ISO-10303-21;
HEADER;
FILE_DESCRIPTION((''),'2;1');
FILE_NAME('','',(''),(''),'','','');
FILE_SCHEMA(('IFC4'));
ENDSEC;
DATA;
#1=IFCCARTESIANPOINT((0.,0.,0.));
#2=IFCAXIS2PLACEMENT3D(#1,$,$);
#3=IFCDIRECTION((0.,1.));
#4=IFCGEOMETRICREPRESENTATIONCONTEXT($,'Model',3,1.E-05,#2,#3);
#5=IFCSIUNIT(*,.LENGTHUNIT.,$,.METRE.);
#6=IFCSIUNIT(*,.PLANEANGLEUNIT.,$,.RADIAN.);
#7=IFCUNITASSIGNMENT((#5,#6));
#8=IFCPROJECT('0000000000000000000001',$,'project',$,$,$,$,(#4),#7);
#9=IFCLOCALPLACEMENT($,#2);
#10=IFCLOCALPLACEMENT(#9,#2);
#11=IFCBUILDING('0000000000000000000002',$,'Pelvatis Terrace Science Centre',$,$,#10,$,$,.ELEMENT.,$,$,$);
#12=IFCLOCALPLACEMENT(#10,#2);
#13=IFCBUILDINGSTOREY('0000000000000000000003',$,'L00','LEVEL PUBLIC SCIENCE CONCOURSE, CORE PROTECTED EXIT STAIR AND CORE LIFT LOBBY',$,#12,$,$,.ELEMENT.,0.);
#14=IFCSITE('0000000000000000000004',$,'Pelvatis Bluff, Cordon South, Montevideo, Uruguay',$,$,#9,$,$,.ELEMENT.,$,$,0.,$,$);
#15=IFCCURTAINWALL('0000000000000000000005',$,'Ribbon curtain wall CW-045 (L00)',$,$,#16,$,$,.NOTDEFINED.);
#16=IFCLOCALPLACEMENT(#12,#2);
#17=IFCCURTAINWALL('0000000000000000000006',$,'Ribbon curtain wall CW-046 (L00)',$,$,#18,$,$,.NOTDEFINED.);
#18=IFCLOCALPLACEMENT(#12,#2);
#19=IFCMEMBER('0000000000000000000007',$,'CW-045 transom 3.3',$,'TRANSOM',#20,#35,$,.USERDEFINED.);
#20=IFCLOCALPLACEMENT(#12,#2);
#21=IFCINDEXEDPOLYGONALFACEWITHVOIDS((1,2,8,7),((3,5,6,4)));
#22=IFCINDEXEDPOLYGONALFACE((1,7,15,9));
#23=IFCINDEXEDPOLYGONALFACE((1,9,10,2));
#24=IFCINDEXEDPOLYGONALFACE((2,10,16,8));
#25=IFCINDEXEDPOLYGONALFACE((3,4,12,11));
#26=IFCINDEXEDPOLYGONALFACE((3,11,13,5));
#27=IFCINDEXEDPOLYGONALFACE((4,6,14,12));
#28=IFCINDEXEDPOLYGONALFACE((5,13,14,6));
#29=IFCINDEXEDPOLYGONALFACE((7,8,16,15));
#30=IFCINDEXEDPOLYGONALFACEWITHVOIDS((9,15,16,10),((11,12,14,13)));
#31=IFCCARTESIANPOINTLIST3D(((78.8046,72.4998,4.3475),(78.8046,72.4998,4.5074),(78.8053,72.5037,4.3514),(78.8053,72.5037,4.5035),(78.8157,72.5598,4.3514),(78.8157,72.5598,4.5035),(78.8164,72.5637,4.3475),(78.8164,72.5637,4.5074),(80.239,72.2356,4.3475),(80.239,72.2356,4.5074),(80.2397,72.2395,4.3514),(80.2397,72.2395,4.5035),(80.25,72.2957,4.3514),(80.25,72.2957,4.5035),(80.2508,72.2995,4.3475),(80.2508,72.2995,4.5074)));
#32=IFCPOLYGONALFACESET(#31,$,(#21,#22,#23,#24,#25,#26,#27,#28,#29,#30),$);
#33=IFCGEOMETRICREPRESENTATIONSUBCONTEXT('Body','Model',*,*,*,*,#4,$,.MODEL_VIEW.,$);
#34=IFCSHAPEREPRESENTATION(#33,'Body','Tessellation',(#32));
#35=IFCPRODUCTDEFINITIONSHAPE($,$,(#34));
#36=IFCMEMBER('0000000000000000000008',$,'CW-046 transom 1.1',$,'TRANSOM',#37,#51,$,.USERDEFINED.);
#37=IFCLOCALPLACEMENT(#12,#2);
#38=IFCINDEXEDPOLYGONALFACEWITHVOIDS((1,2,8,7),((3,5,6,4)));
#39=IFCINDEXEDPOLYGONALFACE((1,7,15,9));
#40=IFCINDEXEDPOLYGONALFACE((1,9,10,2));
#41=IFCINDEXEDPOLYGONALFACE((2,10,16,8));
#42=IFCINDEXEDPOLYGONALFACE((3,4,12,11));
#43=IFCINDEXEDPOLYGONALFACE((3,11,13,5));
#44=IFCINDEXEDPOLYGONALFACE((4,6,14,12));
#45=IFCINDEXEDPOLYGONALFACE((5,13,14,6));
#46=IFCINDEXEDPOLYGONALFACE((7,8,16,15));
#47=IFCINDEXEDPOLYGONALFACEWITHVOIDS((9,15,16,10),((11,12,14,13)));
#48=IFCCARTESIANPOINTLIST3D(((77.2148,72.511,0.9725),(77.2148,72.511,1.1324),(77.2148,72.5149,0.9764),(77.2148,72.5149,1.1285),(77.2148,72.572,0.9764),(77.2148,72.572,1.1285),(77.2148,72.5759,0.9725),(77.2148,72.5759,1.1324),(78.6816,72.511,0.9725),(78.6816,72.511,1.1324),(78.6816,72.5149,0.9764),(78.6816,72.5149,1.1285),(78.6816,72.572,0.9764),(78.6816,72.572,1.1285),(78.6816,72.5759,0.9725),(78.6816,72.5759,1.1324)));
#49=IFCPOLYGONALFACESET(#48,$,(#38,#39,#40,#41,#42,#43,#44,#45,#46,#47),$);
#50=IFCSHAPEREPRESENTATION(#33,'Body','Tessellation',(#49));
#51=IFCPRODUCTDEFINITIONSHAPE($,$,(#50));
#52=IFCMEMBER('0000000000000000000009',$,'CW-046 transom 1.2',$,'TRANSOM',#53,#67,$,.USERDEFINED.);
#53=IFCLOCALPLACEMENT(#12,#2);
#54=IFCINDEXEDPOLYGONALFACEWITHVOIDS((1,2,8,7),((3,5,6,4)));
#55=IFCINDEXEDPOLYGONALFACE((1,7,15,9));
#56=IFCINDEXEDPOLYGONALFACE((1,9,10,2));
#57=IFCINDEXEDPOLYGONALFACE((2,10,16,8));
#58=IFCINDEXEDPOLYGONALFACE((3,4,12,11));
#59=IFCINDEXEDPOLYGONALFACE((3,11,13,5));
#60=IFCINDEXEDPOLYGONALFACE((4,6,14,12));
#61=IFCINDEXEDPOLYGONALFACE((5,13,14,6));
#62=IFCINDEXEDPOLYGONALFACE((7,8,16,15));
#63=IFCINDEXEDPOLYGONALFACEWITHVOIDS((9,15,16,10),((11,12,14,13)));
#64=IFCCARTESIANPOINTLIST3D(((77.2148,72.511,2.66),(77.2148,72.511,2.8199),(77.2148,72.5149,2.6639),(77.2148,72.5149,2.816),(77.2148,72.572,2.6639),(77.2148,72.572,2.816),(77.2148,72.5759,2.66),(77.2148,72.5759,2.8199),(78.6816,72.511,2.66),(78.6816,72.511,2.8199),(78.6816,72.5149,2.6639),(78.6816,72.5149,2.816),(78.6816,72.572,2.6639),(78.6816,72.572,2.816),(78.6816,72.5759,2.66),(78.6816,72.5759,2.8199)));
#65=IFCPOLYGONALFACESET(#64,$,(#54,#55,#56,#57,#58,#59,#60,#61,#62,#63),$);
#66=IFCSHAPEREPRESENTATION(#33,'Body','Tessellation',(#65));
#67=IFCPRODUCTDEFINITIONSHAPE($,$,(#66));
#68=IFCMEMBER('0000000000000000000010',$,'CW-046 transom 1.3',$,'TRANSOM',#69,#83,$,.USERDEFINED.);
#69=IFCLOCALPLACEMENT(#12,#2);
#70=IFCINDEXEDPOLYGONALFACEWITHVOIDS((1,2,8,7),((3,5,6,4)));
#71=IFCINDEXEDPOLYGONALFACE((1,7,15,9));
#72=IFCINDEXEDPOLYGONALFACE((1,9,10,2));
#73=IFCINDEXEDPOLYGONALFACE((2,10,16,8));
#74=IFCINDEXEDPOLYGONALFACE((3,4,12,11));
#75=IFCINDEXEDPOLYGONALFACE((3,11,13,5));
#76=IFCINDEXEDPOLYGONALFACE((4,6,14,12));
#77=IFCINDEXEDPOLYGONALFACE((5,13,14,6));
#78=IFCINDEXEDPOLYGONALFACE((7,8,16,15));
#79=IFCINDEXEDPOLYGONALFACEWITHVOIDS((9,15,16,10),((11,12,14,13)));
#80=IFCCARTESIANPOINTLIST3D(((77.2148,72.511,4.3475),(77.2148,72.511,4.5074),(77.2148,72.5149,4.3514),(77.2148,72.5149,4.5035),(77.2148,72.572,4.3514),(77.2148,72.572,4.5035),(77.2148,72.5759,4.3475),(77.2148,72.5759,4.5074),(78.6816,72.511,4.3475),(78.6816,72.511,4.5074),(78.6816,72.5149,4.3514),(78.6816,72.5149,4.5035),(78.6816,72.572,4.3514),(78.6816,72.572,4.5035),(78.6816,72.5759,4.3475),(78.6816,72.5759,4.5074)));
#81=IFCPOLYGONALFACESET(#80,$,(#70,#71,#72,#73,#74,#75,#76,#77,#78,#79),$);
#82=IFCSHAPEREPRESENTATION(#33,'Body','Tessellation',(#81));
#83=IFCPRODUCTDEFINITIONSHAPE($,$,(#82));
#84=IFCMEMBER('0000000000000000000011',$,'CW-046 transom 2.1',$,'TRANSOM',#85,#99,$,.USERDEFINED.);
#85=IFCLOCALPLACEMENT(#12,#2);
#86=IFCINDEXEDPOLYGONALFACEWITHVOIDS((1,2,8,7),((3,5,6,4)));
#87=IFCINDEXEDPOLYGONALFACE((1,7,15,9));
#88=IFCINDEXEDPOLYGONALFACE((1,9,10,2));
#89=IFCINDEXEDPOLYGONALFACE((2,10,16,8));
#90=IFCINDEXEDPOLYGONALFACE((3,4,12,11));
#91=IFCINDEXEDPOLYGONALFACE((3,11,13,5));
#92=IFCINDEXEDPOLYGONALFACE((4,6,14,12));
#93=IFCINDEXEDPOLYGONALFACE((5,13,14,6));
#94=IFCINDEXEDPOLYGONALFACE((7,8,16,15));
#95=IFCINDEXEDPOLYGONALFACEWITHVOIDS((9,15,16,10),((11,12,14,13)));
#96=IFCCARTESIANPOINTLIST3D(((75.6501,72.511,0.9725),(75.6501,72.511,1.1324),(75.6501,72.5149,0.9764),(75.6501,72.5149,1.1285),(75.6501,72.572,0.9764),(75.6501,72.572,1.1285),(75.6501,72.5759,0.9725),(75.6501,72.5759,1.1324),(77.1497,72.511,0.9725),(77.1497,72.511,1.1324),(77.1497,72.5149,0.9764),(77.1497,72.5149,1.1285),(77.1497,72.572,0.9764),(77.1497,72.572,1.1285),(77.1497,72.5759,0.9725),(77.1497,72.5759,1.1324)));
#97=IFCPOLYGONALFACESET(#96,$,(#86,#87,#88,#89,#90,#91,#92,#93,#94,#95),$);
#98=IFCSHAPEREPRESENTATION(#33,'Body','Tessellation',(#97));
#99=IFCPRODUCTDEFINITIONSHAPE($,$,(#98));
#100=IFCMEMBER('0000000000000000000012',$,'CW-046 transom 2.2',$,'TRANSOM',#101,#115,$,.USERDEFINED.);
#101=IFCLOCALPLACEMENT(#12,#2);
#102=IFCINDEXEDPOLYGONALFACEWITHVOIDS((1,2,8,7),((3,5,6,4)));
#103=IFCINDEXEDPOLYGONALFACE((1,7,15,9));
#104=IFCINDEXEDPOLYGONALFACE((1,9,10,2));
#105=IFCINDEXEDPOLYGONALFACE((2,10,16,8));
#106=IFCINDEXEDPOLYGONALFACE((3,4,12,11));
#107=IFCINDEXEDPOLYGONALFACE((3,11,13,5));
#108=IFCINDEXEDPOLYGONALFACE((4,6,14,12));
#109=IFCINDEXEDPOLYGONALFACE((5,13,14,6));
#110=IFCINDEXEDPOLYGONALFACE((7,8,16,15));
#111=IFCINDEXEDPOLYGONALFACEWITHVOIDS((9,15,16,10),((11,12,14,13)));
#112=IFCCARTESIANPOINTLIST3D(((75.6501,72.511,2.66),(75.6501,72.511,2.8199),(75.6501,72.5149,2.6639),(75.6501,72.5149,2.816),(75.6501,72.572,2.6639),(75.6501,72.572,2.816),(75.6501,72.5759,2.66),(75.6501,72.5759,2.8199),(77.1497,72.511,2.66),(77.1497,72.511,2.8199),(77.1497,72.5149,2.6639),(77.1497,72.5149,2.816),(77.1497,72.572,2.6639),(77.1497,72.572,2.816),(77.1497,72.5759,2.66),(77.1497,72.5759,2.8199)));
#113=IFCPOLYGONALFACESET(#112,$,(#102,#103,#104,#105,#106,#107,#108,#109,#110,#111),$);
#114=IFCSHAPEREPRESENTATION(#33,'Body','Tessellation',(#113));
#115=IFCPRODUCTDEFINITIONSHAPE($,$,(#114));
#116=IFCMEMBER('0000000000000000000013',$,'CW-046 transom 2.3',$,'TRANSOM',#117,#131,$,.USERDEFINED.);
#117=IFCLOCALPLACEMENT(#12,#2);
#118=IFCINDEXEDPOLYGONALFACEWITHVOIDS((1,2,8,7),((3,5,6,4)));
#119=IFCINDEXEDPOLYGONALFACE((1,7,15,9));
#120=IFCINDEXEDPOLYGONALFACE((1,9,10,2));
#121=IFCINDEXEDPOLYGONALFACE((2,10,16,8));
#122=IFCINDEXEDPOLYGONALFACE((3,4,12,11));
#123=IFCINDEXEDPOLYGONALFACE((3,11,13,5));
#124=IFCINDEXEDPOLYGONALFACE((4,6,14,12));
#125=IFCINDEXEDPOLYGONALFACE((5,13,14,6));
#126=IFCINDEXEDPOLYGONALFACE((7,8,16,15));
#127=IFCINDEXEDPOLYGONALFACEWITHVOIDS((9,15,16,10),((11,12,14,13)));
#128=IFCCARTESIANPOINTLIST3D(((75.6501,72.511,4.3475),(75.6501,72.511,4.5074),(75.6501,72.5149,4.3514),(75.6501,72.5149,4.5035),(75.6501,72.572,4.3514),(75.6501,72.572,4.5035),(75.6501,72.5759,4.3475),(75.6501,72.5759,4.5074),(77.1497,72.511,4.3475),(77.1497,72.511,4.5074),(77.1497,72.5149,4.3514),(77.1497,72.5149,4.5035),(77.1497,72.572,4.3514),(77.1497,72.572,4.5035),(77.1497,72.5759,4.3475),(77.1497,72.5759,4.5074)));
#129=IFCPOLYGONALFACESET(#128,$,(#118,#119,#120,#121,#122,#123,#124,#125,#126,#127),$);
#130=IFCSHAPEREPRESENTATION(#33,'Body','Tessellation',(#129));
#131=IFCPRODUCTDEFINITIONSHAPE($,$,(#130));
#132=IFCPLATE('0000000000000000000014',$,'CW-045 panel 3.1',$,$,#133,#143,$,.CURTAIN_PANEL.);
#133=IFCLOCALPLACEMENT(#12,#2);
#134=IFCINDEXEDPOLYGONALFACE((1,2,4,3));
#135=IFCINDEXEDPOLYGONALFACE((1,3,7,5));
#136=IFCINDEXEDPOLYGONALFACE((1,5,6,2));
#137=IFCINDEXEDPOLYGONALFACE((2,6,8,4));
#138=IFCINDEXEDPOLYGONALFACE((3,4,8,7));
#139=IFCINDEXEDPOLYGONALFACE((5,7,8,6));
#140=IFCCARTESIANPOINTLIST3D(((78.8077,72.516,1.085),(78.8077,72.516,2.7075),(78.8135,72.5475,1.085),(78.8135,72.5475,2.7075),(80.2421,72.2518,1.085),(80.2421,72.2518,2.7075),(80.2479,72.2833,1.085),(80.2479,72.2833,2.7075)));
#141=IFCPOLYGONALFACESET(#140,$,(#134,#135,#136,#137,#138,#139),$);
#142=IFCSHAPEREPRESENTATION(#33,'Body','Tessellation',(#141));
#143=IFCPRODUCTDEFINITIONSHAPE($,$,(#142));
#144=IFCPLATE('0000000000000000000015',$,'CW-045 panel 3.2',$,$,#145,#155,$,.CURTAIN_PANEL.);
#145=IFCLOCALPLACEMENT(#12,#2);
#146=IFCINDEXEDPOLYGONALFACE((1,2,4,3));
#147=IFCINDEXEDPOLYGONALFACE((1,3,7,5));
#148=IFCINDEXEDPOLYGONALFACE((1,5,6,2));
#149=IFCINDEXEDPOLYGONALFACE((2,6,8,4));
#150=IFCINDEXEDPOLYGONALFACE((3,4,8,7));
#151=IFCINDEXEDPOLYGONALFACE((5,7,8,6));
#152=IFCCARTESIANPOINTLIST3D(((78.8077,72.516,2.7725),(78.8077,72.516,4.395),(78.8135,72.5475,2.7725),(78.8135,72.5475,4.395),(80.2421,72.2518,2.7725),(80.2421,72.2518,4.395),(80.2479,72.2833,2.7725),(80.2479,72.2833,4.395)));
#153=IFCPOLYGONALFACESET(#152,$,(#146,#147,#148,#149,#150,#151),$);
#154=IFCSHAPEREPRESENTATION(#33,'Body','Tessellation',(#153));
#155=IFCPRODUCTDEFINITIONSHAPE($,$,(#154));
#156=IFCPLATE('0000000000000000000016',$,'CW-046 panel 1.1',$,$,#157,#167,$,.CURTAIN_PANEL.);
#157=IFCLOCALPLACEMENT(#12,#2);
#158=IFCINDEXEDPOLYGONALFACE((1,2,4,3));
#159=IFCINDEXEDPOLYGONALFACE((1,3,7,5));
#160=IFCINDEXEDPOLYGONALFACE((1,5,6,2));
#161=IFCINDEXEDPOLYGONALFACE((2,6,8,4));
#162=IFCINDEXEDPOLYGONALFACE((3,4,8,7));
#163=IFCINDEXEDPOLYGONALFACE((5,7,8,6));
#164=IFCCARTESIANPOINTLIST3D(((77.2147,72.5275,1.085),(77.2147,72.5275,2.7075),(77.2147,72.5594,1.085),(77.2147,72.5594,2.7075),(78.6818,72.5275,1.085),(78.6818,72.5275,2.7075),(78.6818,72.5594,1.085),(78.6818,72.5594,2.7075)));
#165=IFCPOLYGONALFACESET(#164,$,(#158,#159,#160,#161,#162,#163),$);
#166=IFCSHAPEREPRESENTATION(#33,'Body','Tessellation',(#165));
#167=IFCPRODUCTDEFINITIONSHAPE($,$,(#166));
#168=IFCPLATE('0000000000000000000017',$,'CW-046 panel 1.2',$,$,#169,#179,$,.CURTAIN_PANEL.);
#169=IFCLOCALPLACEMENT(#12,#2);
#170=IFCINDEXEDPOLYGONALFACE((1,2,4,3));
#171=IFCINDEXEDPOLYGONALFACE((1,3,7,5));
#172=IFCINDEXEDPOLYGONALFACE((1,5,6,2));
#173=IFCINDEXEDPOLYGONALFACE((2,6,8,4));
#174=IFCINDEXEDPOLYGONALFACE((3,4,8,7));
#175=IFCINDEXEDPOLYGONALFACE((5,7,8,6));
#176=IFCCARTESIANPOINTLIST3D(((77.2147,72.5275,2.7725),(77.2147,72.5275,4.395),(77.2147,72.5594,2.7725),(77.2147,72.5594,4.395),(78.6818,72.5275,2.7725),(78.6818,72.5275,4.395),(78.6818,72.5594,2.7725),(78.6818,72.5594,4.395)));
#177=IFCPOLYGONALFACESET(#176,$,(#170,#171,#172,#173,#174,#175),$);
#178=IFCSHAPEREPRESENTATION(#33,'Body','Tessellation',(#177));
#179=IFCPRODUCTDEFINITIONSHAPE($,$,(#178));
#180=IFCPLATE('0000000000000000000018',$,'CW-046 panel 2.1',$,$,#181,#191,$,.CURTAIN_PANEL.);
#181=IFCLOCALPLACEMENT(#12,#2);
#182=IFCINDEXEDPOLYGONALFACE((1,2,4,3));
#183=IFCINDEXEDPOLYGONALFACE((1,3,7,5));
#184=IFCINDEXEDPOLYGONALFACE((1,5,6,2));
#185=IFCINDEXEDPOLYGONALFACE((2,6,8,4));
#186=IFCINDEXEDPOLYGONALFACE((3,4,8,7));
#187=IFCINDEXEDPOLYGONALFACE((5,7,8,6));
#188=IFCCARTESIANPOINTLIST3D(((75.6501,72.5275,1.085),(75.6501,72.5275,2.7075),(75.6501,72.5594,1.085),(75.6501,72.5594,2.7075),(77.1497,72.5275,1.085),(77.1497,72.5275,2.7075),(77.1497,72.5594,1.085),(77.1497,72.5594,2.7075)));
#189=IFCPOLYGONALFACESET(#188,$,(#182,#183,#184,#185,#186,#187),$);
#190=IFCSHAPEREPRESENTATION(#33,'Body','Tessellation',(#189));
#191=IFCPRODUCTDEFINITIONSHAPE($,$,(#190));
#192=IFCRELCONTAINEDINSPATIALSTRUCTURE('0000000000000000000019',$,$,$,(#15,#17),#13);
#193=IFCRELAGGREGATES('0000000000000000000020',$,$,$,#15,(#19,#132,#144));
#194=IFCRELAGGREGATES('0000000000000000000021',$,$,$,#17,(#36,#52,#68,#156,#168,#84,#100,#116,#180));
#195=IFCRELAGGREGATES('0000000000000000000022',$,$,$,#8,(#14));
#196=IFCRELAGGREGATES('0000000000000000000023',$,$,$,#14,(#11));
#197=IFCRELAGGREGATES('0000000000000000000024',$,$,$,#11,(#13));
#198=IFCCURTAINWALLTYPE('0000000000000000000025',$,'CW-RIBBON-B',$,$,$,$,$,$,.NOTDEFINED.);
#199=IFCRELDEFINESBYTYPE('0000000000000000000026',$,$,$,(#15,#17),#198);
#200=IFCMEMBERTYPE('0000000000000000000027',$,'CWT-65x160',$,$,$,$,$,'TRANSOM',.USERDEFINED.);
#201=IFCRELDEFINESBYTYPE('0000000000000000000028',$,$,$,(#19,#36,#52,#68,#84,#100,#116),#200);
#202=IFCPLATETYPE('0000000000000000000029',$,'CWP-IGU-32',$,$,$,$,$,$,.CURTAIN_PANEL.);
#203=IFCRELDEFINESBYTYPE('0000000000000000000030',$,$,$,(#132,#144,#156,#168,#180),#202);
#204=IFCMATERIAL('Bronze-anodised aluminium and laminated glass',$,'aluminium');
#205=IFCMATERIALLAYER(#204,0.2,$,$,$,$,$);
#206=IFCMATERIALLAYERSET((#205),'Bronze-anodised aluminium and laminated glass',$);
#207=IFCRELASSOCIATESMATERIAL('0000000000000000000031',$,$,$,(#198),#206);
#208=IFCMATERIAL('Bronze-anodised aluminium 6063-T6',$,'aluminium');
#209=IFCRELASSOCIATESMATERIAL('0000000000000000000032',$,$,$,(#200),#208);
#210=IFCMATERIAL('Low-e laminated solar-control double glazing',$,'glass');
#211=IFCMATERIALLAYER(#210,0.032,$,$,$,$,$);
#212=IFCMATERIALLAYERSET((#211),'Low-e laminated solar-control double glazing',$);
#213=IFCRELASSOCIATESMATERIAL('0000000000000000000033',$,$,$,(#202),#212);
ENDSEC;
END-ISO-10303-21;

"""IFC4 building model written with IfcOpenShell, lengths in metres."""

from ifc_helpers import new_model, si_unit, direction, frame, origin, origin_2d, place, context, subcontext, project, spatial, rectangle, hollow_rectangle, extrude, material, layer, layer_set, material_profile, profile_set, type_object, element, aggregate, save


model = new_model("IFC4")

# Units and contexts
model_context = context("Model", 3, precision=1e-05, world=origin(), true_north=direction((0.0, 1.0)))
body_context = subcontext(model_context, "Body", "Model", "MODEL_VIEW")
ifc_project = project(units=[si_unit("LENGTHUNIT", "METRE"), si_unit("PLANEANGLEUNIT", "RADIAN")], contexts=[model_context])

# Site, building, storey
site_placement = place(None, origin())
site = spatial("IfcSite", under=ifc_project, at=site_placement, Name="Pelvatis Bluff, Cordon South, Montevideo, Uruguay", CompositionType="ELEMENT", RefElevation=0.0)
building_placement = place(site_placement, origin())
building = spatial("IfcBuilding", under=site, at=building_placement, Name="Pelvatis Terrace Science Centre", CompositionType="ELEMENT")
storey_placement = place(building_placement, origin())
storey = spatial("IfcBuildingStorey", under=building, at=storey_placement, Name="L00", Description="LEVEL PUBLIC SCIENCE CONCOURSE, CORE PROTECTED EXIT STAIR AND CORE LIFT LOBBY", CompositionType="ELEMENT", Elevation=0.0)

# Curtain walls
ifc_material_1 = material(Name="Bronze-anodised aluminium and laminated glass", Category="aluminium")
ifc_layer_1 = layer(ifc_material_1, 0.2)
ifc_layer_set_1 = layer_set([ifc_layer_1], Name="Bronze-anodised aluminium and laminated glass")
curtain_wall_type = type_object("IfcCurtainWallType", Name="CW-RIBBON-B", PredefinedType="NOTDEFINED", material=ifc_layer_set_1)
curtain_wall_1_placement = place(storey_placement, origin())
curtain_wall_1 = element("IfcCurtainWall", 1, at=curtain_wall_1_placement, inside=storey, type_object=curtain_wall_type, Name="Ribbon curtain wall CW-045 (L00)", PredefinedType="NOTDEFINED")
curtain_wall_2_placement = place(storey_placement, origin())
curtain_wall_2 = element("IfcCurtainWall", 2, at=curtain_wall_2_placement, inside=storey, type_object=curtain_wall_type, Name="Ribbon curtain wall CW-046 (L00)", PredefinedType="NOTDEFINED")

# Members
ifc_material_2 = material(Name="Bronze-anodised aluminium 6063-T6", Category="aluminium")
ifc_material_profile_1 = material_profile(ifc_material_2, hollow_rectangle(XDim=0.0649, YDim=0.1599, WallThickness=0.0039, at=origin_2d()), Name="ALU-TRN 65x160")
ifc_profile_set_1 = profile_set([ifc_material_profile_1], Name="Bronze-anodised aluminium 6063-T6")
member_type_1 = type_object("IfcMemberType", Name="CWT-65x160", ElementType="TRANSOM", PredefinedType="USERDEFINED", material=ifc_profile_set_1)
member_1_placement = place(storey_placement, frame((80.2449, 72.2676, 4.4275), z_axis=(-0.98346, 0.181124, 0.0), x_axis=(-0.181124, -0.98346, 0.0)))
member_1 = element("IfcMember", 3, at=member_1_placement, type_object=member_type_1, Name="CW-045 transom 3.3", ObjectType="TRANSOM", PredefinedType="USERDEFINED", context=body_context, shape_type="SweptSolid", body=[
    extrude(hollow_rectangle(XDim=0.0649, YDim=0.1599, WallThickness=0.0039, at=origin_2d()), origin(), (0.0, 0.0, 1.0), 1.4585),
])
member_2_placement = place(storey_placement, frame((78.6816, 72.5435, 1.0525), z_axis=(-1.0, 0.0, 0.0), x_axis=(0.0, -1.0, 0.0)))
member_2 = element("IfcMember", 4, at=member_2_placement, type_object=member_type_1, Name="CW-046 transom 1.1", ObjectType="TRANSOM", PredefinedType="USERDEFINED", context=body_context, shape_type="SweptSolid", body=[
    extrude(hollow_rectangle(XDim=0.0649, YDim=0.1599, WallThickness=0.0039, at=origin_2d()), origin(), (0.0, 0.0, 1.0), 1.4668),
])
member_3_placement = place(storey_placement, frame((78.6816, 72.5435, 2.74), z_axis=(-1.0, 0.0, 0.0), x_axis=(0.0, -1.0, 0.0)))
member_3 = element("IfcMember", 5, at=member_3_placement, type_object=member_type_1, Name="CW-046 transom 1.2", ObjectType="TRANSOM", PredefinedType="USERDEFINED", context=body_context, shape_type="SweptSolid", body=[
    extrude(hollow_rectangle(XDim=0.0649, YDim=0.1599, WallThickness=0.0039, at=origin_2d()), origin(), (0.0, 0.0, 1.0), 1.4668),
])
member_4_placement = place(storey_placement, frame((78.6816, 72.5435, 4.4275), z_axis=(-1.0, 0.0, 0.0), x_axis=(0.0, -1.0, 0.0)))
member_4 = element("IfcMember", 6, at=member_4_placement, type_object=member_type_1, Name="CW-046 transom 1.3", ObjectType="TRANSOM", PredefinedType="USERDEFINED", context=body_context, shape_type="SweptSolid", body=[
    extrude(hollow_rectangle(XDim=0.0649, YDim=0.1599, WallThickness=0.0039, at=origin_2d()), origin(), (0.0, 0.0, 1.0), 1.4668),
])
member_5_placement = place(storey_placement, frame((77.1497, 72.5435, 1.0525), z_axis=(-1.0, 0.0, 0.0), x_axis=(0.0, -1.0, 0.0)))
member_5 = element("IfcMember", 7, at=member_5_placement, type_object=member_type_1, Name="CW-046 transom 2.1", ObjectType="TRANSOM", PredefinedType="USERDEFINED", context=body_context, shape_type="SweptSolid", body=[
    extrude(hollow_rectangle(XDim=0.0649, YDim=0.1599, WallThickness=0.0039, at=origin_2d()), origin(), (0.0, 0.0, 1.0), 1.4995),
])
member_6_placement = place(storey_placement, frame((77.1497, 72.5435, 2.74), z_axis=(-1.0, 0.0, 0.0), x_axis=(0.0, -1.0, 0.0)))
member_6 = element("IfcMember", 8, at=member_6_placement, type_object=member_type_1, Name="CW-046 transom 2.2", ObjectType="TRANSOM", PredefinedType="USERDEFINED", context=body_context, shape_type="SweptSolid", body=[
    extrude(hollow_rectangle(XDim=0.0649, YDim=0.1599, WallThickness=0.0039, at=origin_2d()), origin(), (0.0, 0.0, 1.0), 1.4995),
])
member_7_placement = place(storey_placement, frame((77.1497, 72.5435, 4.4275), z_axis=(-1.0, 0.0, 0.0), x_axis=(0.0, -1.0, 0.0)))
member_7 = element("IfcMember", 9, at=member_7_placement, type_object=member_type_1, Name="CW-046 transom 2.3", ObjectType="TRANSOM", PredefinedType="USERDEFINED", context=body_context, shape_type="SweptSolid", body=[
    extrude(hollow_rectangle(XDim=0.0649, YDim=0.1599, WallThickness=0.0039, at=origin_2d()), origin(), (0.0, 0.0, 1.0), 1.4995),
])

# Plates
ifc_material_3 = material(Name="Low-e laminated solar-control double glazing", Category="glass")
ifc_layer_2 = layer(ifc_material_3, 0.032)
ifc_layer_set_2 = layer_set([ifc_layer_2], Name="Low-e laminated solar-control double glazing")
plate_type = type_object("IfcPlateType", Name="CWP-IGU-32", PredefinedType="CURTAIN_PANEL", material=ifc_layer_set_2)
plate_1_placement = place(storey_placement, frame((79.5278, 72.3997, 1.085), z_axis=(0.0, 0.0, 1.0), x_axis=(-0.983459, 0.18113, 0.0)))
plate_1 = element("IfcPlate", 10, at=plate_1_placement, type_object=plate_type, Name="CW-045 panel 3.1", PredefinedType="CURTAIN_PANEL", context=body_context, shape_type="SweptSolid", body=[
    extrude(rectangle(XDim=1.4585, YDim=0.032, at=origin_2d()), origin(), (0.0, 0.0, 1.0), 1.6226),
])
plate_2_placement = place(storey_placement, frame((79.5278, 72.3997, 2.7725), z_axis=(0.0, 0.0, 1.0), x_axis=(-0.983459, 0.18113, 0.0)))
plate_2 = element("IfcPlate", 11, at=plate_2_placement, type_object=plate_type, Name="CW-045 panel 3.2", PredefinedType="CURTAIN_PANEL", context=body_context, shape_type="SweptSolid", body=[
    extrude(rectangle(XDim=1.4585, YDim=0.032, at=origin_2d()), origin(), (0.0, 0.0, 1.0), 1.6226),
])
aggregate(curtain_wall_1, [member_1, plate_1, plate_2])
plate_3_placement = place(storey_placement, frame((77.9482, 72.5435, 1.085), z_axis=(0.0, 0.0, 1.0), x_axis=(-1.0, 0.0, 0.0)))
plate_3 = element("IfcPlate", 12, at=plate_3_placement, type_object=plate_type, Name="CW-046 panel 1.1", PredefinedType="CURTAIN_PANEL", context=body_context, shape_type="SweptSolid", body=[
    extrude(rectangle(XDim=1.467, YDim=0.032, at=origin_2d()), origin(), (0.0, 0.0, 1.0), 1.6226),
])
plate_4_placement = place(storey_placement, frame((77.9482, 72.5435, 2.7725), z_axis=(0.0, 0.0, 1.0), x_axis=(-1.0, 0.0, 0.0)))
plate_4 = element("IfcPlate", 13, at=plate_4_placement, type_object=plate_type, Name="CW-046 panel 1.2", PredefinedType="CURTAIN_PANEL", context=body_context, shape_type="SweptSolid", body=[
    extrude(rectangle(XDim=1.467, YDim=0.032, at=origin_2d()), origin(), (0.0, 0.0, 1.0), 1.6226),
])
plate_5_placement = place(storey_placement, frame((76.3999, 72.5435, 1.085), z_axis=(0.0, 0.0, 1.0), x_axis=(-1.0, 0.0, 0.0)))
plate_5 = element("IfcPlate", 14, at=plate_5_placement, type_object=plate_type, Name="CW-046 panel 2.1", PredefinedType="CURTAIN_PANEL", context=body_context, shape_type="SweptSolid", body=[
    extrude(rectangle(XDim=1.4995, YDim=0.032, at=origin_2d()), origin(), (0.0, 0.0, 1.0), 1.6226),
])
aggregate(curtain_wall_2, [member_2, member_3, member_4, plate_3, plate_4, member_5, member_6, member_7, plate_5])

save(model, "model.ifc")
